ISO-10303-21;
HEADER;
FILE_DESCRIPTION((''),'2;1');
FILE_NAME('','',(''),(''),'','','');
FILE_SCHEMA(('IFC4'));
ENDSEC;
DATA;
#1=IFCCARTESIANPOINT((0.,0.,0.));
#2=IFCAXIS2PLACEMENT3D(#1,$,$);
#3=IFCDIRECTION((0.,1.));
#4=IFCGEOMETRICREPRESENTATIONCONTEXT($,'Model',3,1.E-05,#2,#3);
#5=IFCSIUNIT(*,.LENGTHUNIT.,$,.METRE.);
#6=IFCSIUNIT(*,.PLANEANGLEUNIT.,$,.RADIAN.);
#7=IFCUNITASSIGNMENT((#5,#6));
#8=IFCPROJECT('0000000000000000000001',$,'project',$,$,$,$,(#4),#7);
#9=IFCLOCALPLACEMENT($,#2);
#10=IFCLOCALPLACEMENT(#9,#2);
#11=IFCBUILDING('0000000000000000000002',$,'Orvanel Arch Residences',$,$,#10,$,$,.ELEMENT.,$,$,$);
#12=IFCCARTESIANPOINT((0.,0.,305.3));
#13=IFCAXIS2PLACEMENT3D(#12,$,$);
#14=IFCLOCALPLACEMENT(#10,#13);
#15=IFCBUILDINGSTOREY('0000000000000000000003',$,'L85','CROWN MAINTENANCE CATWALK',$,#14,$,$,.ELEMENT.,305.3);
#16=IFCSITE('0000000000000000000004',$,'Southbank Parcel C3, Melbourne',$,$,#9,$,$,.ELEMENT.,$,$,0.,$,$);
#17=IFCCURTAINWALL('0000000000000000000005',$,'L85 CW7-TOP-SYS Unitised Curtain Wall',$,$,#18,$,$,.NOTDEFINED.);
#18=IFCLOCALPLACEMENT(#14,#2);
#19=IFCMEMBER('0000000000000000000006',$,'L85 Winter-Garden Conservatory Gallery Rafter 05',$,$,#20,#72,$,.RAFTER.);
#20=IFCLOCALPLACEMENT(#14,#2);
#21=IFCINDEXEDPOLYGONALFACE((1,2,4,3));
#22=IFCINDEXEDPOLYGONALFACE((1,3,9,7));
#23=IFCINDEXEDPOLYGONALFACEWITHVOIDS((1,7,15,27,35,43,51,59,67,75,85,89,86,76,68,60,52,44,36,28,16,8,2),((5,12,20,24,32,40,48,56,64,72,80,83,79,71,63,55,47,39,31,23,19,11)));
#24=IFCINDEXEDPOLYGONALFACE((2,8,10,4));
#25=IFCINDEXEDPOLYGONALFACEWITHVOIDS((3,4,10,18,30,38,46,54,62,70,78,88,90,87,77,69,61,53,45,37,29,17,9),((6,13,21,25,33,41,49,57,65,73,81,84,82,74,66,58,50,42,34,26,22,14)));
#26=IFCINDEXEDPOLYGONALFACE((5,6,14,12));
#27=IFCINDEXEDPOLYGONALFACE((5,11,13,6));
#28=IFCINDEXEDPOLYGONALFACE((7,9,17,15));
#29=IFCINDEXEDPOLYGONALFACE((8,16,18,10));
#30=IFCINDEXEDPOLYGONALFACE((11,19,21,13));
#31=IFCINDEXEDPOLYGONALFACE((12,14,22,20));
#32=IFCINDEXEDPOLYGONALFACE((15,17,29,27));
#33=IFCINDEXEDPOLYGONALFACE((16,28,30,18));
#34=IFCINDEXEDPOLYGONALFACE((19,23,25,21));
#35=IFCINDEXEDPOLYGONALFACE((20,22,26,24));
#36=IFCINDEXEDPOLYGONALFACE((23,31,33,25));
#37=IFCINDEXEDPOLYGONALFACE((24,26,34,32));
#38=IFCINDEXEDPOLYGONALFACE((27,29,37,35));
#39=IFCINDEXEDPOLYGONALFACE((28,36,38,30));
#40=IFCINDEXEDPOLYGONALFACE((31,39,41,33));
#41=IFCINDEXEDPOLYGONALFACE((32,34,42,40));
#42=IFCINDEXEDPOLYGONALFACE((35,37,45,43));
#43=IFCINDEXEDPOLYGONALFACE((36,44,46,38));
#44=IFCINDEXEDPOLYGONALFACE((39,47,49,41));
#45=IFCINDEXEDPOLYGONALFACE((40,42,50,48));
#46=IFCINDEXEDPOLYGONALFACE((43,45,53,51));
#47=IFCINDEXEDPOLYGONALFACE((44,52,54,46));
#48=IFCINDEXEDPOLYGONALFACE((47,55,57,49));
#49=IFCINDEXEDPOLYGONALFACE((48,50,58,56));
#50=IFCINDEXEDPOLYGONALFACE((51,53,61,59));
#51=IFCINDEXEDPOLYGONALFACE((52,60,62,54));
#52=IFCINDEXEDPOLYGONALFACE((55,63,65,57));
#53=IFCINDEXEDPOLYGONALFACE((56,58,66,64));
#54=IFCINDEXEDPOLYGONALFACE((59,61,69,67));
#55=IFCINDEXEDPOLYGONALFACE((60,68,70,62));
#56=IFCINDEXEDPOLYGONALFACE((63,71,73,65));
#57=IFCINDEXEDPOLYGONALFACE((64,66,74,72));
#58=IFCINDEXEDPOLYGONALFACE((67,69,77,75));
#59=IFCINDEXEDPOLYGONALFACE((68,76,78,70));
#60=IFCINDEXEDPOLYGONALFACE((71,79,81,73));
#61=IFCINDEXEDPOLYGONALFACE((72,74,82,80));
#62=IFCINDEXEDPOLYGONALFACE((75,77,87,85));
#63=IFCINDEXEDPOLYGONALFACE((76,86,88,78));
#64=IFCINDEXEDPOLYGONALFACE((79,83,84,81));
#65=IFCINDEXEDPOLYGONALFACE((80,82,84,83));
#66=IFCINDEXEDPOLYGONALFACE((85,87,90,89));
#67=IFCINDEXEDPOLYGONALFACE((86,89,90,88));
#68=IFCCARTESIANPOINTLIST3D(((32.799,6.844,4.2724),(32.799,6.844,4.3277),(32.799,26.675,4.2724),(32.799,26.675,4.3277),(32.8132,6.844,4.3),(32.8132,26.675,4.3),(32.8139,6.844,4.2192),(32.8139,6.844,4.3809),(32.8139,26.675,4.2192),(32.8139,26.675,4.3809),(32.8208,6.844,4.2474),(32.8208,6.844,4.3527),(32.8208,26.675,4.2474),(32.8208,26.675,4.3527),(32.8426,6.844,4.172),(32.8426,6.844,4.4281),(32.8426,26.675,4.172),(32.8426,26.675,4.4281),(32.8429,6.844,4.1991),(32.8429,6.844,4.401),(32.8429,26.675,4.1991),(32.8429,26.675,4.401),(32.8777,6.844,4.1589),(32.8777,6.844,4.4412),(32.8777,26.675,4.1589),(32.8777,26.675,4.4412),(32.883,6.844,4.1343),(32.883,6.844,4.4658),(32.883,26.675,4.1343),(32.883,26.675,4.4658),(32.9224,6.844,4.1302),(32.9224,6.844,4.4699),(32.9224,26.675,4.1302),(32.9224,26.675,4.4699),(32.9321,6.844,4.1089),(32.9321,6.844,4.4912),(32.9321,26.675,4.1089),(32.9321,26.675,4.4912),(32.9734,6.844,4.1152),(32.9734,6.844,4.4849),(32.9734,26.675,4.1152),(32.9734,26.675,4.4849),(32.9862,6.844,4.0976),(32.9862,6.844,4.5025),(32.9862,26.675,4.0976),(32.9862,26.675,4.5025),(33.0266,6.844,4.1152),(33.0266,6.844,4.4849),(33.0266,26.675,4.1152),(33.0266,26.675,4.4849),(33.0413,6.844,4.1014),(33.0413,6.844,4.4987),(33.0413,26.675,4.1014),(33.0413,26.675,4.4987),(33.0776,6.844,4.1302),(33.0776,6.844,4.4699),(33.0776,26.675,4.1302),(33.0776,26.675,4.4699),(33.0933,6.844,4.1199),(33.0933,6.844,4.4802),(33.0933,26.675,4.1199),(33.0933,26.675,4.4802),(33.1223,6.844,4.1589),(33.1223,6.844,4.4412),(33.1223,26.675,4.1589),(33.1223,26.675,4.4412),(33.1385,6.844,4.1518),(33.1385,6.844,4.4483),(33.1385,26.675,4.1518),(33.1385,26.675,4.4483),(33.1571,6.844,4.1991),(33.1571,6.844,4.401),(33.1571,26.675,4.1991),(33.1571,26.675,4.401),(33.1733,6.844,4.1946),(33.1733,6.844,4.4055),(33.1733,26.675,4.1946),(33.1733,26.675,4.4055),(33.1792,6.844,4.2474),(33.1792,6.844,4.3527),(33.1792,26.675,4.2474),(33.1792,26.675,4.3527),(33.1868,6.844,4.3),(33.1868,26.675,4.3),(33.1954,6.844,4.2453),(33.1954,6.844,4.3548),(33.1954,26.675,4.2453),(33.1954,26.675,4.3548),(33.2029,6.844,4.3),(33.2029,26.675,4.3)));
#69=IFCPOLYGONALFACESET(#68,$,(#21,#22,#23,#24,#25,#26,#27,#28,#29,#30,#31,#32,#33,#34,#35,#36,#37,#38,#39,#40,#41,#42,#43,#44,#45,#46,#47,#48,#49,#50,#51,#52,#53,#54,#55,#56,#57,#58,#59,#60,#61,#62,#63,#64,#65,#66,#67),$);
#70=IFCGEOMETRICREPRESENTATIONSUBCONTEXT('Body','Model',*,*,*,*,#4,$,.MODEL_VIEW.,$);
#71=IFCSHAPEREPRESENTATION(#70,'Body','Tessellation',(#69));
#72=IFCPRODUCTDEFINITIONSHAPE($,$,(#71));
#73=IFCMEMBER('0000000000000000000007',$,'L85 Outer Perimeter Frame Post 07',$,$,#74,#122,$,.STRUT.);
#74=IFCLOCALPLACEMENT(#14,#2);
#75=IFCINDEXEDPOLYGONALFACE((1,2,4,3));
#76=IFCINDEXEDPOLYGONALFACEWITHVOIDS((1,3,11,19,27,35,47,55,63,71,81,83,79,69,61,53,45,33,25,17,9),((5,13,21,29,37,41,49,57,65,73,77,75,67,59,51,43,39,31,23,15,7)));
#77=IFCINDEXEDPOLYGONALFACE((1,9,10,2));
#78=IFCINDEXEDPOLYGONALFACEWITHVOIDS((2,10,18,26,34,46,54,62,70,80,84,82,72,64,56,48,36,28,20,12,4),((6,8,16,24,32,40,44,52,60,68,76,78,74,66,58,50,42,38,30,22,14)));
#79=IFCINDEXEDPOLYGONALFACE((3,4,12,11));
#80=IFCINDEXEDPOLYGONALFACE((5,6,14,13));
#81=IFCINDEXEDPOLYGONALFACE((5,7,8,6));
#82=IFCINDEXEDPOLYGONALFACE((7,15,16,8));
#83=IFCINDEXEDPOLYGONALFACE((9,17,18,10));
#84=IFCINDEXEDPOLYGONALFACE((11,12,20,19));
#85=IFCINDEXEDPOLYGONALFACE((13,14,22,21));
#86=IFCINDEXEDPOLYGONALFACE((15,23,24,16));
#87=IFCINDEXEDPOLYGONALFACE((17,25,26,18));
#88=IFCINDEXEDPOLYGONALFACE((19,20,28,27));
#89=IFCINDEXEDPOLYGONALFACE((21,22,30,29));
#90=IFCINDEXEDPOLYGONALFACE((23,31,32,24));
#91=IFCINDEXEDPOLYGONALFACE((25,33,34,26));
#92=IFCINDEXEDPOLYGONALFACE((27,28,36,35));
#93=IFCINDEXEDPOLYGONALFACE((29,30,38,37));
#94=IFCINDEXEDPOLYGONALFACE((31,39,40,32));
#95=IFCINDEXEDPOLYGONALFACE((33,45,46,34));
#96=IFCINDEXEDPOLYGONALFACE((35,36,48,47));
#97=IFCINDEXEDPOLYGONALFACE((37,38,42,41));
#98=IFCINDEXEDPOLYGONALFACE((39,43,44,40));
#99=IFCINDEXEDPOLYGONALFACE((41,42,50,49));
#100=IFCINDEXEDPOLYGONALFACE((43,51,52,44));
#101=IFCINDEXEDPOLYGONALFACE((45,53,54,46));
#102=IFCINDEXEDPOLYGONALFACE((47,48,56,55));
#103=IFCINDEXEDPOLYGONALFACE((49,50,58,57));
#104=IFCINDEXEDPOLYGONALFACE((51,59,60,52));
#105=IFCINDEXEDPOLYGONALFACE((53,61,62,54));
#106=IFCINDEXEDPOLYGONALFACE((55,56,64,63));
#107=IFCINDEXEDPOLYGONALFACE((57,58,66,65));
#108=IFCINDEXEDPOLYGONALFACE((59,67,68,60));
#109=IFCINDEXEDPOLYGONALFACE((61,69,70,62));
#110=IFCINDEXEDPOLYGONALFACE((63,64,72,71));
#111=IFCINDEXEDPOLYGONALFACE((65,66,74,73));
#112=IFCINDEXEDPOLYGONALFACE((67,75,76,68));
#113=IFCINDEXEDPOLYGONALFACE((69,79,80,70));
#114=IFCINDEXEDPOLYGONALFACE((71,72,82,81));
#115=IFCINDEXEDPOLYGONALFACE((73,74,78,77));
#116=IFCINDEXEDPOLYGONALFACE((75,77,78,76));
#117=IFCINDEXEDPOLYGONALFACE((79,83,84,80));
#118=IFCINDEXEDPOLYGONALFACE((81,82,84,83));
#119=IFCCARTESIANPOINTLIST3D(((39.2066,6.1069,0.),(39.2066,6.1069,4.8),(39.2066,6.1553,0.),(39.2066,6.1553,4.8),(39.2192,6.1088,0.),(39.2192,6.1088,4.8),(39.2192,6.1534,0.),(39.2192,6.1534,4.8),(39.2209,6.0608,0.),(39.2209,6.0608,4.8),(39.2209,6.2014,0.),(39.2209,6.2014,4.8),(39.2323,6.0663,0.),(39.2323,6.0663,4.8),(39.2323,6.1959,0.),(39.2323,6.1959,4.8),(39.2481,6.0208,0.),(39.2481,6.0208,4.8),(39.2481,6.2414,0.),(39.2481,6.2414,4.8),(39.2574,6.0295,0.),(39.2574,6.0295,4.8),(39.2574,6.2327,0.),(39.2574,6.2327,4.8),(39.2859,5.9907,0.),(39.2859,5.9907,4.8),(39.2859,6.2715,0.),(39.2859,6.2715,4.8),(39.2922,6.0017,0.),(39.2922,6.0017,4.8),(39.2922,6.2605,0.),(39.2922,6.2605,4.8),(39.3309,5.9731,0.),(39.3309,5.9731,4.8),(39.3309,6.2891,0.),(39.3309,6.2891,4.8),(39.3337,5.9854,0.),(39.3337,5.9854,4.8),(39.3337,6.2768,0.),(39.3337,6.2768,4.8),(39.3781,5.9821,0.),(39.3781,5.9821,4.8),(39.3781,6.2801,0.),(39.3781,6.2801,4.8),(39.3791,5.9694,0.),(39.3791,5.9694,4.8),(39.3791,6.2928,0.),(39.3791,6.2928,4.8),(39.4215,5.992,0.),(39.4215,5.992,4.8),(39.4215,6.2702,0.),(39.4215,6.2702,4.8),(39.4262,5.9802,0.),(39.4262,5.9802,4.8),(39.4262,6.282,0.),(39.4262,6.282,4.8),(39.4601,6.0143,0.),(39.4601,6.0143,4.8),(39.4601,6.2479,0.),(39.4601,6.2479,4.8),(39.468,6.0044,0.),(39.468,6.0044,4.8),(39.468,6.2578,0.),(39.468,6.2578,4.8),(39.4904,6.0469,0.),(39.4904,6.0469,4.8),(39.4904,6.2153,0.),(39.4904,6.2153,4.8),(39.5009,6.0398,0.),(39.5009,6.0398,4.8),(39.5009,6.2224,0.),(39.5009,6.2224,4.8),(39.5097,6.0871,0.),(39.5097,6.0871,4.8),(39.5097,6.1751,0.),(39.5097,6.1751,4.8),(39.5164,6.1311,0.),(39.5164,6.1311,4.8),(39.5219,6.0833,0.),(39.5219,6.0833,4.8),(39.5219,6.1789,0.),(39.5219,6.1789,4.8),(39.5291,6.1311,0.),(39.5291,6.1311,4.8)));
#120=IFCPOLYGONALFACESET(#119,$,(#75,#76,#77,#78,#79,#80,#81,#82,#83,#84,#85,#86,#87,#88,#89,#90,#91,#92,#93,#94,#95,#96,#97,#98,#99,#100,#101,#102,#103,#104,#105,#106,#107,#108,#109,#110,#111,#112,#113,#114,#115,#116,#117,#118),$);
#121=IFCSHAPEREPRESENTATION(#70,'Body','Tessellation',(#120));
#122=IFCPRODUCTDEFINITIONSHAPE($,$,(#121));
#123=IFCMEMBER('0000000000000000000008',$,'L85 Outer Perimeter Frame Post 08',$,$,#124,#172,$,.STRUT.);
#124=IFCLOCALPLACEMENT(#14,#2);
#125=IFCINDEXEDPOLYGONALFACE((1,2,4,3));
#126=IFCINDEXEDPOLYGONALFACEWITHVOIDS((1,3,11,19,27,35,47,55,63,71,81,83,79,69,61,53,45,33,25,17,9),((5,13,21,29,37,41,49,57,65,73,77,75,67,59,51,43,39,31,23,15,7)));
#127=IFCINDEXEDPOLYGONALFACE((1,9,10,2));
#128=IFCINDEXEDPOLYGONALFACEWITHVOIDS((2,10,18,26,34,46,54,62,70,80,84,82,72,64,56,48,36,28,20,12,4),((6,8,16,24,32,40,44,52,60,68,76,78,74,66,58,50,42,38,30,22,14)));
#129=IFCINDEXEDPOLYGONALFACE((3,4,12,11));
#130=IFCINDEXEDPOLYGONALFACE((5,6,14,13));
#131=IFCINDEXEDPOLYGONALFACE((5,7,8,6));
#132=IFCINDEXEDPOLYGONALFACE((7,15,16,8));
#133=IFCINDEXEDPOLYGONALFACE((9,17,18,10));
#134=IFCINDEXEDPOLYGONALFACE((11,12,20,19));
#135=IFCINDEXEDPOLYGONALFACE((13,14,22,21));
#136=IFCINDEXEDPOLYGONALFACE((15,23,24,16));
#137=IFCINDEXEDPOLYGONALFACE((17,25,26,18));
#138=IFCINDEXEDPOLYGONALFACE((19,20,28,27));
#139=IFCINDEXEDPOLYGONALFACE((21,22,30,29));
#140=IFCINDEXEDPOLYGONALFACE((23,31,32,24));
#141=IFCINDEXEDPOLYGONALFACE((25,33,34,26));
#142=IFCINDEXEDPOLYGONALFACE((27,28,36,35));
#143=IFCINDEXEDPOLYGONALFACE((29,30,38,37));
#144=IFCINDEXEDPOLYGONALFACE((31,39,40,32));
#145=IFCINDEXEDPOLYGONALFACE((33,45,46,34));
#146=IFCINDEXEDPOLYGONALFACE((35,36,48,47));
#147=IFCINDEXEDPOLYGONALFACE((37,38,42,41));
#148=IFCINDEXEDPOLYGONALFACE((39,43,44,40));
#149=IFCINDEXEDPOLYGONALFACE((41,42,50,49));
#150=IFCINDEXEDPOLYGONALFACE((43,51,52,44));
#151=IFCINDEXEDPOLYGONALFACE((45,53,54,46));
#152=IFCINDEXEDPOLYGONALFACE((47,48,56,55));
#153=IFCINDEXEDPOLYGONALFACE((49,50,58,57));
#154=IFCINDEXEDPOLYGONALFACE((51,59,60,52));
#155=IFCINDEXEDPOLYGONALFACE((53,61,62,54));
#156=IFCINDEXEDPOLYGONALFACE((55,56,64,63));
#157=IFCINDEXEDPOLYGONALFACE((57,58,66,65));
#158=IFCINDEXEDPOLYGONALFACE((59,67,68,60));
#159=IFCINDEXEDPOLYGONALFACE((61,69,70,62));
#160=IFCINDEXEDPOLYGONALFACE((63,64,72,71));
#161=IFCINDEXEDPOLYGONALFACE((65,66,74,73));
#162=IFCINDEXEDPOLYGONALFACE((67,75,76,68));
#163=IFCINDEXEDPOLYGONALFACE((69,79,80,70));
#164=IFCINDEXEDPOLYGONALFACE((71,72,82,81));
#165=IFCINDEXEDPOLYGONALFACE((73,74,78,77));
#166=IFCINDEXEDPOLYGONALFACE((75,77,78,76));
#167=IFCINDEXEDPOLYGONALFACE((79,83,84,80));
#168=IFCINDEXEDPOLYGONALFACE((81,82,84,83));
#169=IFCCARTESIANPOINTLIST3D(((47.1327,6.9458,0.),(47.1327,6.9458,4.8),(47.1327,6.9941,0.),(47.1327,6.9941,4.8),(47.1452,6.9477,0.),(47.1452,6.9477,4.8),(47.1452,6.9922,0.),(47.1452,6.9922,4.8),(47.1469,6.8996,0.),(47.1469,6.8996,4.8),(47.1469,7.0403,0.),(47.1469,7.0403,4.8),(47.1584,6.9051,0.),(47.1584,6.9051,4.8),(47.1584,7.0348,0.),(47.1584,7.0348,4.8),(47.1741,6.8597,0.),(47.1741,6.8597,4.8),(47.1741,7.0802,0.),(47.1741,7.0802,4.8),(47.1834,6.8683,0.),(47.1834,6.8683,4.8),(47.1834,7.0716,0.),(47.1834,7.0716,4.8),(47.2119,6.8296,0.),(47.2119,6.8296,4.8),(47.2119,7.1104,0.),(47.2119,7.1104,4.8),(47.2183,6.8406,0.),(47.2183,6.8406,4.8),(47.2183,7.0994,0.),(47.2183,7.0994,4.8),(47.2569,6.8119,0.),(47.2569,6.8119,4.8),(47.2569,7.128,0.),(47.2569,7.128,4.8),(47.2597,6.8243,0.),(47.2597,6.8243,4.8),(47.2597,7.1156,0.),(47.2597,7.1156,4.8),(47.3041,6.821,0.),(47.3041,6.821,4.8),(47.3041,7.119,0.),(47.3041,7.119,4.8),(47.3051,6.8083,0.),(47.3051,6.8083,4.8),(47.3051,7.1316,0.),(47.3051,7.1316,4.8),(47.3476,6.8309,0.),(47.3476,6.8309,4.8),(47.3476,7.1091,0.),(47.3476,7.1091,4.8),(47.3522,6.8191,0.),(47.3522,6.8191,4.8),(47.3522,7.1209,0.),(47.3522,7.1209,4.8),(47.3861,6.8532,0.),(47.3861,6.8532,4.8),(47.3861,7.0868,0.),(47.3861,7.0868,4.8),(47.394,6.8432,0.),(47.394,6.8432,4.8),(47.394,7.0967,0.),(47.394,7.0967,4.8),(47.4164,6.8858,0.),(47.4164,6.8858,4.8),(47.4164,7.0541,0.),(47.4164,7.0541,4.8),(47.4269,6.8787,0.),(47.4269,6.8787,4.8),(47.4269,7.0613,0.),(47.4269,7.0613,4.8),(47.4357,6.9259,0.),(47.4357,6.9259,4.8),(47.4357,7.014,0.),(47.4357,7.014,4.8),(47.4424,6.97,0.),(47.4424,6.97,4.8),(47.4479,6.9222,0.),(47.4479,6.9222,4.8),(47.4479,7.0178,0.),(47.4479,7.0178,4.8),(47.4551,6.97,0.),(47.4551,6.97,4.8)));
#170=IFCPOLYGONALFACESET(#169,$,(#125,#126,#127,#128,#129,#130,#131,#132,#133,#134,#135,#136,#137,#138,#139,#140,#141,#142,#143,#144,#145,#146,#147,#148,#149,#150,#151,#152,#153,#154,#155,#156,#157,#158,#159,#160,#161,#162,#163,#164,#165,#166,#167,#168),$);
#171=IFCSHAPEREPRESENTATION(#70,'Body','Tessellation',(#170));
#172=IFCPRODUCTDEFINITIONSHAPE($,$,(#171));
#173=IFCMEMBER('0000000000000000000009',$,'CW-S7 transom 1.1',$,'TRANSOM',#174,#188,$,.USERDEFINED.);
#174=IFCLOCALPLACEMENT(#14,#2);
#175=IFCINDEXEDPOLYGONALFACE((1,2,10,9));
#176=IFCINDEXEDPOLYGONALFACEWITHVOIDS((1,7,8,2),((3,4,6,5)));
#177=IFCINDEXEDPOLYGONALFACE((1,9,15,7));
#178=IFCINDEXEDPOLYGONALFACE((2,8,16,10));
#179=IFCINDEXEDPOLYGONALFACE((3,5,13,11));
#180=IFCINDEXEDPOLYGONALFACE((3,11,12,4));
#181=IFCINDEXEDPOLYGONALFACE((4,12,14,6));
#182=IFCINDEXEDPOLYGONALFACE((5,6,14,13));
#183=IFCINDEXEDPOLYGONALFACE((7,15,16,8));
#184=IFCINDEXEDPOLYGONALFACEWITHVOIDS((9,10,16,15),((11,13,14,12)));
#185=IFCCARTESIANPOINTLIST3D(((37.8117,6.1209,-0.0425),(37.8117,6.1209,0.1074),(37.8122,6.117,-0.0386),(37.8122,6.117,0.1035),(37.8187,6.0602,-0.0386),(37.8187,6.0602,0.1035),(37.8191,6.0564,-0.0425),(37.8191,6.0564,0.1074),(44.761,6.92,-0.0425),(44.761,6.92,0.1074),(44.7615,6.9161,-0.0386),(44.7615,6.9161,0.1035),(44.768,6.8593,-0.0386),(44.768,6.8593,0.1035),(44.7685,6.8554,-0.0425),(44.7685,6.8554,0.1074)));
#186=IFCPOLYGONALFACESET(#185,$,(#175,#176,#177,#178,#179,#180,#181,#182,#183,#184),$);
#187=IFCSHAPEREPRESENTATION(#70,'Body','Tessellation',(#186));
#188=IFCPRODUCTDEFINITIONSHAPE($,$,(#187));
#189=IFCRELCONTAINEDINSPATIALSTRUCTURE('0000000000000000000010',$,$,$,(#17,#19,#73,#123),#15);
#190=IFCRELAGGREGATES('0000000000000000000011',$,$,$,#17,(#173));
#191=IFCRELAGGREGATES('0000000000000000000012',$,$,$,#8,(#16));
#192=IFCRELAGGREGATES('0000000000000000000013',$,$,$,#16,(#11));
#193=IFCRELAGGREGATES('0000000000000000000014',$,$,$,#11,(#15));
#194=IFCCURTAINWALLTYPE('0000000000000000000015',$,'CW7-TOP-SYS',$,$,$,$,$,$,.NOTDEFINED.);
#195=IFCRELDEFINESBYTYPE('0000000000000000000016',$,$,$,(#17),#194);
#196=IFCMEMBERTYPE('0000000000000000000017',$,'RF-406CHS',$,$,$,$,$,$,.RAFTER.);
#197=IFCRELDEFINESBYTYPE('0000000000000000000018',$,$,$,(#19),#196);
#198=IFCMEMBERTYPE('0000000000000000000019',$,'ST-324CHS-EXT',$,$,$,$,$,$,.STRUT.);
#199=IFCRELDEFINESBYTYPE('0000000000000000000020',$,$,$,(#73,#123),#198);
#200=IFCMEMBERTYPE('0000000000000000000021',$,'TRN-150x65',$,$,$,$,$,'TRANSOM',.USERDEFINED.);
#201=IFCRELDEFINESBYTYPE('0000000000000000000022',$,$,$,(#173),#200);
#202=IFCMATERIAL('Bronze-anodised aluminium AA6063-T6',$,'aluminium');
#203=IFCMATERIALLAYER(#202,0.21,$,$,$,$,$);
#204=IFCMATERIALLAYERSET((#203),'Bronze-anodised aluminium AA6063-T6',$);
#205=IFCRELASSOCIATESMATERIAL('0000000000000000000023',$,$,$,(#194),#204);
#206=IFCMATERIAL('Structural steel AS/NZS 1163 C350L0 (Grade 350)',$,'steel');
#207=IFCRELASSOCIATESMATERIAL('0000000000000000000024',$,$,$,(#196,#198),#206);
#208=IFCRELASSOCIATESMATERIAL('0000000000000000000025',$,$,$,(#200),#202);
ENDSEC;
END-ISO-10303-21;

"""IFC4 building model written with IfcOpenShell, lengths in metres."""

from ifc_helpers import new_model, si_unit, direction, frame, origin, origin_2d, place, context, subcontext, project, spatial, hollow_rectangle, hollow_circle, extrude, material, layer, layer_set, material_profile, profile_set, type_object, element, aggregate, save


model = new_model("IFC4")

# Units and contexts
model_context = context("Model", 3, precision=1e-05, world=origin(), true_north=direction((0.0, 1.0)))
body_context = subcontext(model_context, "Body", "Model", "MODEL_VIEW")
ifc_project = project(units=[si_unit("LENGTHUNIT", "METRE"), si_unit("PLANEANGLEUNIT", "RADIAN")], contexts=[model_context])

# Site, building, storey
site_placement = place(None, origin())
site = spatial("IfcSite", under=ifc_project, at=site_placement, Name="Southbank Parcel C3, Melbourne", CompositionType="ELEMENT", RefElevation=0.0)
building_placement = place(site_placement, origin())
building = spatial("IfcBuilding", under=site, at=building_placement, Name="Orvanel Arch Residences", CompositionType="ELEMENT")
storey_placement = place(building_placement, frame((0.0, 0.0, 305.3)))
storey = spatial("IfcBuildingStorey", under=building, at=storey_placement, Name="L85", Description="CROWN MAINTENANCE CATWALK", CompositionType="ELEMENT", Elevation=305.3)

# Shared definitions
ifc_material_1 = material(Name="Bronze-anodised aluminium AA6063-T6", Category="aluminium")
ifc_layer_1 = layer(ifc_material_1, 0.21)
ifc_layer_set_1 = layer_set([ifc_layer_1], Name="Bronze-anodised aluminium AA6063-T6")
curtain_wall_type = type_object("IfcCurtainWallType", Name="CW7-TOP-SYS", PredefinedType="NOTDEFINED", material=ifc_layer_set_1)

# Curtain wall
curtain_wall_1_placement = place(storey_placement, origin())
curtain_wall_1 = element("IfcCurtainWall", 1, at=curtain_wall_1_placement, inside=storey, type_object=curtain_wall_type, Name="L85 CW7-TOP-SYS Unitised Curtain Wall", PredefinedType="NOTDEFINED")

# Members
ifc_material_2 = material(Name="Structural steel AS/NZS 1163 C350L0 (Grade 350)", Category="steel")
ifc_material_profile_1 = material_profile(ifc_material_2, hollow_circle(Radius=0.2029, WallThickness=0.0161, at=origin_2d()), Name="CHS406x16")
ifc_profile_set_1 = profile_set([ifc_material_profile_1], Name="Structural steel AS/NZS 1163 C350L0 (Grade 350)")
member_type_1 = type_object("IfcMemberType", Name="RF-406CHS", PredefinedType="RAFTER", material=ifc_profile_set_1)
member_1_placement = place(storey_placement, frame((33.0, 26.675, 4.3), z_axis=(0.0, -1.0, 0.0), x_axis=(1.0, 0.0, 0.0)))
element("IfcMember", 2, at=member_1_placement, inside=storey, type_object=member_type_1, Name="L85 Winter-Garden Conservatory Gallery Rafter 05", PredefinedType="RAFTER", context=body_context, shape_type="SweptSolid", body=[
    extrude(hollow_circle(Radius=0.2029, WallThickness=0.0161, at=origin_2d()), origin(), (0.0, 0.0, 1.0), 19.8311),
])
ifc_material_profile_2 = material_profile(ifc_material_2, hollow_circle(Radius=0.1621, WallThickness=0.0127, at=origin_2d()), Name="CHS324x12.7")
ifc_profile_set_2 = profile_set([ifc_material_profile_2], Name="Structural steel AS/NZS 1163 C350L0 (Grade 350)")
member_type_2 = type_object("IfcMemberType", Name="ST-324CHS-EXT", PredefinedType="STRUT", material=ifc_profile_set_2)
for number, where, z_axis, x_axis, name in (
    (3, (39.3669, 6.1311, 0.0), (0.0, 0.0, 1.0), (1.0, 0.0, 0.0), "L85 Outer Perimeter Frame Post 07"),
    (4, (47.293, 6.97, 0.0), (0.0, 0.0, 1.0), (1.0, 0.0, 0.0), "L85 Outer Perimeter Frame Post 08"),
):
    element("IfcMember", number, at=place(storey_placement, frame(where, z_axis=z_axis, x_axis=x_axis)), inside=storey, type_object=member_type_2, Name=name, PredefinedType="STRUT", context=body_context, shape_type="SweptSolid", body=[
        extrude(hollow_circle(Radius=0.1621, WallThickness=0.0127, at=origin_2d()), origin(), (0.0, 0.0, 1.0), 4.8),
    ])

# Member
ifc_material_profile_3 = material_profile(ifc_material_1, hollow_rectangle(XDim=0.0649, YDim=0.1499, WallThickness=0.0039, at=origin_2d()), Name="ALU150x65x4")
ifc_profile_set_3 = profile_set([ifc_material_profile_3], Name="Bronze-anodised aluminium AA6063-T6")
member_type_3 = type_object("IfcMemberType", Name="TRN-150x65", ElementType="TRANSOM", PredefinedType="USERDEFINED", material=ifc_profile_set_3)
member_2_placement = place(storey_placement, frame((37.8154, 6.0886, 0.0325), z_axis=(0.993454, 0.114235, 0.0), x_axis=(-0.114235, 0.993454, 0.0)))
member_2 = element("IfcMember", 5, at=member_2_placement, type_object=member_type_3, Name="CW-S7 transom 1.1", ObjectType="TRANSOM", PredefinedType="USERDEFINED", context=body_context, shape_type="SweptSolid", body=[
    extrude(hollow_rectangle(XDim=0.0649, YDim=0.1499, WallThickness=0.0039, at=origin_2d()), origin(), (0.0, 0.0, 1.0), 6.9951),
])

aggregate(curtain_wall_1, [member_2])

save(model, "model.ifc")
